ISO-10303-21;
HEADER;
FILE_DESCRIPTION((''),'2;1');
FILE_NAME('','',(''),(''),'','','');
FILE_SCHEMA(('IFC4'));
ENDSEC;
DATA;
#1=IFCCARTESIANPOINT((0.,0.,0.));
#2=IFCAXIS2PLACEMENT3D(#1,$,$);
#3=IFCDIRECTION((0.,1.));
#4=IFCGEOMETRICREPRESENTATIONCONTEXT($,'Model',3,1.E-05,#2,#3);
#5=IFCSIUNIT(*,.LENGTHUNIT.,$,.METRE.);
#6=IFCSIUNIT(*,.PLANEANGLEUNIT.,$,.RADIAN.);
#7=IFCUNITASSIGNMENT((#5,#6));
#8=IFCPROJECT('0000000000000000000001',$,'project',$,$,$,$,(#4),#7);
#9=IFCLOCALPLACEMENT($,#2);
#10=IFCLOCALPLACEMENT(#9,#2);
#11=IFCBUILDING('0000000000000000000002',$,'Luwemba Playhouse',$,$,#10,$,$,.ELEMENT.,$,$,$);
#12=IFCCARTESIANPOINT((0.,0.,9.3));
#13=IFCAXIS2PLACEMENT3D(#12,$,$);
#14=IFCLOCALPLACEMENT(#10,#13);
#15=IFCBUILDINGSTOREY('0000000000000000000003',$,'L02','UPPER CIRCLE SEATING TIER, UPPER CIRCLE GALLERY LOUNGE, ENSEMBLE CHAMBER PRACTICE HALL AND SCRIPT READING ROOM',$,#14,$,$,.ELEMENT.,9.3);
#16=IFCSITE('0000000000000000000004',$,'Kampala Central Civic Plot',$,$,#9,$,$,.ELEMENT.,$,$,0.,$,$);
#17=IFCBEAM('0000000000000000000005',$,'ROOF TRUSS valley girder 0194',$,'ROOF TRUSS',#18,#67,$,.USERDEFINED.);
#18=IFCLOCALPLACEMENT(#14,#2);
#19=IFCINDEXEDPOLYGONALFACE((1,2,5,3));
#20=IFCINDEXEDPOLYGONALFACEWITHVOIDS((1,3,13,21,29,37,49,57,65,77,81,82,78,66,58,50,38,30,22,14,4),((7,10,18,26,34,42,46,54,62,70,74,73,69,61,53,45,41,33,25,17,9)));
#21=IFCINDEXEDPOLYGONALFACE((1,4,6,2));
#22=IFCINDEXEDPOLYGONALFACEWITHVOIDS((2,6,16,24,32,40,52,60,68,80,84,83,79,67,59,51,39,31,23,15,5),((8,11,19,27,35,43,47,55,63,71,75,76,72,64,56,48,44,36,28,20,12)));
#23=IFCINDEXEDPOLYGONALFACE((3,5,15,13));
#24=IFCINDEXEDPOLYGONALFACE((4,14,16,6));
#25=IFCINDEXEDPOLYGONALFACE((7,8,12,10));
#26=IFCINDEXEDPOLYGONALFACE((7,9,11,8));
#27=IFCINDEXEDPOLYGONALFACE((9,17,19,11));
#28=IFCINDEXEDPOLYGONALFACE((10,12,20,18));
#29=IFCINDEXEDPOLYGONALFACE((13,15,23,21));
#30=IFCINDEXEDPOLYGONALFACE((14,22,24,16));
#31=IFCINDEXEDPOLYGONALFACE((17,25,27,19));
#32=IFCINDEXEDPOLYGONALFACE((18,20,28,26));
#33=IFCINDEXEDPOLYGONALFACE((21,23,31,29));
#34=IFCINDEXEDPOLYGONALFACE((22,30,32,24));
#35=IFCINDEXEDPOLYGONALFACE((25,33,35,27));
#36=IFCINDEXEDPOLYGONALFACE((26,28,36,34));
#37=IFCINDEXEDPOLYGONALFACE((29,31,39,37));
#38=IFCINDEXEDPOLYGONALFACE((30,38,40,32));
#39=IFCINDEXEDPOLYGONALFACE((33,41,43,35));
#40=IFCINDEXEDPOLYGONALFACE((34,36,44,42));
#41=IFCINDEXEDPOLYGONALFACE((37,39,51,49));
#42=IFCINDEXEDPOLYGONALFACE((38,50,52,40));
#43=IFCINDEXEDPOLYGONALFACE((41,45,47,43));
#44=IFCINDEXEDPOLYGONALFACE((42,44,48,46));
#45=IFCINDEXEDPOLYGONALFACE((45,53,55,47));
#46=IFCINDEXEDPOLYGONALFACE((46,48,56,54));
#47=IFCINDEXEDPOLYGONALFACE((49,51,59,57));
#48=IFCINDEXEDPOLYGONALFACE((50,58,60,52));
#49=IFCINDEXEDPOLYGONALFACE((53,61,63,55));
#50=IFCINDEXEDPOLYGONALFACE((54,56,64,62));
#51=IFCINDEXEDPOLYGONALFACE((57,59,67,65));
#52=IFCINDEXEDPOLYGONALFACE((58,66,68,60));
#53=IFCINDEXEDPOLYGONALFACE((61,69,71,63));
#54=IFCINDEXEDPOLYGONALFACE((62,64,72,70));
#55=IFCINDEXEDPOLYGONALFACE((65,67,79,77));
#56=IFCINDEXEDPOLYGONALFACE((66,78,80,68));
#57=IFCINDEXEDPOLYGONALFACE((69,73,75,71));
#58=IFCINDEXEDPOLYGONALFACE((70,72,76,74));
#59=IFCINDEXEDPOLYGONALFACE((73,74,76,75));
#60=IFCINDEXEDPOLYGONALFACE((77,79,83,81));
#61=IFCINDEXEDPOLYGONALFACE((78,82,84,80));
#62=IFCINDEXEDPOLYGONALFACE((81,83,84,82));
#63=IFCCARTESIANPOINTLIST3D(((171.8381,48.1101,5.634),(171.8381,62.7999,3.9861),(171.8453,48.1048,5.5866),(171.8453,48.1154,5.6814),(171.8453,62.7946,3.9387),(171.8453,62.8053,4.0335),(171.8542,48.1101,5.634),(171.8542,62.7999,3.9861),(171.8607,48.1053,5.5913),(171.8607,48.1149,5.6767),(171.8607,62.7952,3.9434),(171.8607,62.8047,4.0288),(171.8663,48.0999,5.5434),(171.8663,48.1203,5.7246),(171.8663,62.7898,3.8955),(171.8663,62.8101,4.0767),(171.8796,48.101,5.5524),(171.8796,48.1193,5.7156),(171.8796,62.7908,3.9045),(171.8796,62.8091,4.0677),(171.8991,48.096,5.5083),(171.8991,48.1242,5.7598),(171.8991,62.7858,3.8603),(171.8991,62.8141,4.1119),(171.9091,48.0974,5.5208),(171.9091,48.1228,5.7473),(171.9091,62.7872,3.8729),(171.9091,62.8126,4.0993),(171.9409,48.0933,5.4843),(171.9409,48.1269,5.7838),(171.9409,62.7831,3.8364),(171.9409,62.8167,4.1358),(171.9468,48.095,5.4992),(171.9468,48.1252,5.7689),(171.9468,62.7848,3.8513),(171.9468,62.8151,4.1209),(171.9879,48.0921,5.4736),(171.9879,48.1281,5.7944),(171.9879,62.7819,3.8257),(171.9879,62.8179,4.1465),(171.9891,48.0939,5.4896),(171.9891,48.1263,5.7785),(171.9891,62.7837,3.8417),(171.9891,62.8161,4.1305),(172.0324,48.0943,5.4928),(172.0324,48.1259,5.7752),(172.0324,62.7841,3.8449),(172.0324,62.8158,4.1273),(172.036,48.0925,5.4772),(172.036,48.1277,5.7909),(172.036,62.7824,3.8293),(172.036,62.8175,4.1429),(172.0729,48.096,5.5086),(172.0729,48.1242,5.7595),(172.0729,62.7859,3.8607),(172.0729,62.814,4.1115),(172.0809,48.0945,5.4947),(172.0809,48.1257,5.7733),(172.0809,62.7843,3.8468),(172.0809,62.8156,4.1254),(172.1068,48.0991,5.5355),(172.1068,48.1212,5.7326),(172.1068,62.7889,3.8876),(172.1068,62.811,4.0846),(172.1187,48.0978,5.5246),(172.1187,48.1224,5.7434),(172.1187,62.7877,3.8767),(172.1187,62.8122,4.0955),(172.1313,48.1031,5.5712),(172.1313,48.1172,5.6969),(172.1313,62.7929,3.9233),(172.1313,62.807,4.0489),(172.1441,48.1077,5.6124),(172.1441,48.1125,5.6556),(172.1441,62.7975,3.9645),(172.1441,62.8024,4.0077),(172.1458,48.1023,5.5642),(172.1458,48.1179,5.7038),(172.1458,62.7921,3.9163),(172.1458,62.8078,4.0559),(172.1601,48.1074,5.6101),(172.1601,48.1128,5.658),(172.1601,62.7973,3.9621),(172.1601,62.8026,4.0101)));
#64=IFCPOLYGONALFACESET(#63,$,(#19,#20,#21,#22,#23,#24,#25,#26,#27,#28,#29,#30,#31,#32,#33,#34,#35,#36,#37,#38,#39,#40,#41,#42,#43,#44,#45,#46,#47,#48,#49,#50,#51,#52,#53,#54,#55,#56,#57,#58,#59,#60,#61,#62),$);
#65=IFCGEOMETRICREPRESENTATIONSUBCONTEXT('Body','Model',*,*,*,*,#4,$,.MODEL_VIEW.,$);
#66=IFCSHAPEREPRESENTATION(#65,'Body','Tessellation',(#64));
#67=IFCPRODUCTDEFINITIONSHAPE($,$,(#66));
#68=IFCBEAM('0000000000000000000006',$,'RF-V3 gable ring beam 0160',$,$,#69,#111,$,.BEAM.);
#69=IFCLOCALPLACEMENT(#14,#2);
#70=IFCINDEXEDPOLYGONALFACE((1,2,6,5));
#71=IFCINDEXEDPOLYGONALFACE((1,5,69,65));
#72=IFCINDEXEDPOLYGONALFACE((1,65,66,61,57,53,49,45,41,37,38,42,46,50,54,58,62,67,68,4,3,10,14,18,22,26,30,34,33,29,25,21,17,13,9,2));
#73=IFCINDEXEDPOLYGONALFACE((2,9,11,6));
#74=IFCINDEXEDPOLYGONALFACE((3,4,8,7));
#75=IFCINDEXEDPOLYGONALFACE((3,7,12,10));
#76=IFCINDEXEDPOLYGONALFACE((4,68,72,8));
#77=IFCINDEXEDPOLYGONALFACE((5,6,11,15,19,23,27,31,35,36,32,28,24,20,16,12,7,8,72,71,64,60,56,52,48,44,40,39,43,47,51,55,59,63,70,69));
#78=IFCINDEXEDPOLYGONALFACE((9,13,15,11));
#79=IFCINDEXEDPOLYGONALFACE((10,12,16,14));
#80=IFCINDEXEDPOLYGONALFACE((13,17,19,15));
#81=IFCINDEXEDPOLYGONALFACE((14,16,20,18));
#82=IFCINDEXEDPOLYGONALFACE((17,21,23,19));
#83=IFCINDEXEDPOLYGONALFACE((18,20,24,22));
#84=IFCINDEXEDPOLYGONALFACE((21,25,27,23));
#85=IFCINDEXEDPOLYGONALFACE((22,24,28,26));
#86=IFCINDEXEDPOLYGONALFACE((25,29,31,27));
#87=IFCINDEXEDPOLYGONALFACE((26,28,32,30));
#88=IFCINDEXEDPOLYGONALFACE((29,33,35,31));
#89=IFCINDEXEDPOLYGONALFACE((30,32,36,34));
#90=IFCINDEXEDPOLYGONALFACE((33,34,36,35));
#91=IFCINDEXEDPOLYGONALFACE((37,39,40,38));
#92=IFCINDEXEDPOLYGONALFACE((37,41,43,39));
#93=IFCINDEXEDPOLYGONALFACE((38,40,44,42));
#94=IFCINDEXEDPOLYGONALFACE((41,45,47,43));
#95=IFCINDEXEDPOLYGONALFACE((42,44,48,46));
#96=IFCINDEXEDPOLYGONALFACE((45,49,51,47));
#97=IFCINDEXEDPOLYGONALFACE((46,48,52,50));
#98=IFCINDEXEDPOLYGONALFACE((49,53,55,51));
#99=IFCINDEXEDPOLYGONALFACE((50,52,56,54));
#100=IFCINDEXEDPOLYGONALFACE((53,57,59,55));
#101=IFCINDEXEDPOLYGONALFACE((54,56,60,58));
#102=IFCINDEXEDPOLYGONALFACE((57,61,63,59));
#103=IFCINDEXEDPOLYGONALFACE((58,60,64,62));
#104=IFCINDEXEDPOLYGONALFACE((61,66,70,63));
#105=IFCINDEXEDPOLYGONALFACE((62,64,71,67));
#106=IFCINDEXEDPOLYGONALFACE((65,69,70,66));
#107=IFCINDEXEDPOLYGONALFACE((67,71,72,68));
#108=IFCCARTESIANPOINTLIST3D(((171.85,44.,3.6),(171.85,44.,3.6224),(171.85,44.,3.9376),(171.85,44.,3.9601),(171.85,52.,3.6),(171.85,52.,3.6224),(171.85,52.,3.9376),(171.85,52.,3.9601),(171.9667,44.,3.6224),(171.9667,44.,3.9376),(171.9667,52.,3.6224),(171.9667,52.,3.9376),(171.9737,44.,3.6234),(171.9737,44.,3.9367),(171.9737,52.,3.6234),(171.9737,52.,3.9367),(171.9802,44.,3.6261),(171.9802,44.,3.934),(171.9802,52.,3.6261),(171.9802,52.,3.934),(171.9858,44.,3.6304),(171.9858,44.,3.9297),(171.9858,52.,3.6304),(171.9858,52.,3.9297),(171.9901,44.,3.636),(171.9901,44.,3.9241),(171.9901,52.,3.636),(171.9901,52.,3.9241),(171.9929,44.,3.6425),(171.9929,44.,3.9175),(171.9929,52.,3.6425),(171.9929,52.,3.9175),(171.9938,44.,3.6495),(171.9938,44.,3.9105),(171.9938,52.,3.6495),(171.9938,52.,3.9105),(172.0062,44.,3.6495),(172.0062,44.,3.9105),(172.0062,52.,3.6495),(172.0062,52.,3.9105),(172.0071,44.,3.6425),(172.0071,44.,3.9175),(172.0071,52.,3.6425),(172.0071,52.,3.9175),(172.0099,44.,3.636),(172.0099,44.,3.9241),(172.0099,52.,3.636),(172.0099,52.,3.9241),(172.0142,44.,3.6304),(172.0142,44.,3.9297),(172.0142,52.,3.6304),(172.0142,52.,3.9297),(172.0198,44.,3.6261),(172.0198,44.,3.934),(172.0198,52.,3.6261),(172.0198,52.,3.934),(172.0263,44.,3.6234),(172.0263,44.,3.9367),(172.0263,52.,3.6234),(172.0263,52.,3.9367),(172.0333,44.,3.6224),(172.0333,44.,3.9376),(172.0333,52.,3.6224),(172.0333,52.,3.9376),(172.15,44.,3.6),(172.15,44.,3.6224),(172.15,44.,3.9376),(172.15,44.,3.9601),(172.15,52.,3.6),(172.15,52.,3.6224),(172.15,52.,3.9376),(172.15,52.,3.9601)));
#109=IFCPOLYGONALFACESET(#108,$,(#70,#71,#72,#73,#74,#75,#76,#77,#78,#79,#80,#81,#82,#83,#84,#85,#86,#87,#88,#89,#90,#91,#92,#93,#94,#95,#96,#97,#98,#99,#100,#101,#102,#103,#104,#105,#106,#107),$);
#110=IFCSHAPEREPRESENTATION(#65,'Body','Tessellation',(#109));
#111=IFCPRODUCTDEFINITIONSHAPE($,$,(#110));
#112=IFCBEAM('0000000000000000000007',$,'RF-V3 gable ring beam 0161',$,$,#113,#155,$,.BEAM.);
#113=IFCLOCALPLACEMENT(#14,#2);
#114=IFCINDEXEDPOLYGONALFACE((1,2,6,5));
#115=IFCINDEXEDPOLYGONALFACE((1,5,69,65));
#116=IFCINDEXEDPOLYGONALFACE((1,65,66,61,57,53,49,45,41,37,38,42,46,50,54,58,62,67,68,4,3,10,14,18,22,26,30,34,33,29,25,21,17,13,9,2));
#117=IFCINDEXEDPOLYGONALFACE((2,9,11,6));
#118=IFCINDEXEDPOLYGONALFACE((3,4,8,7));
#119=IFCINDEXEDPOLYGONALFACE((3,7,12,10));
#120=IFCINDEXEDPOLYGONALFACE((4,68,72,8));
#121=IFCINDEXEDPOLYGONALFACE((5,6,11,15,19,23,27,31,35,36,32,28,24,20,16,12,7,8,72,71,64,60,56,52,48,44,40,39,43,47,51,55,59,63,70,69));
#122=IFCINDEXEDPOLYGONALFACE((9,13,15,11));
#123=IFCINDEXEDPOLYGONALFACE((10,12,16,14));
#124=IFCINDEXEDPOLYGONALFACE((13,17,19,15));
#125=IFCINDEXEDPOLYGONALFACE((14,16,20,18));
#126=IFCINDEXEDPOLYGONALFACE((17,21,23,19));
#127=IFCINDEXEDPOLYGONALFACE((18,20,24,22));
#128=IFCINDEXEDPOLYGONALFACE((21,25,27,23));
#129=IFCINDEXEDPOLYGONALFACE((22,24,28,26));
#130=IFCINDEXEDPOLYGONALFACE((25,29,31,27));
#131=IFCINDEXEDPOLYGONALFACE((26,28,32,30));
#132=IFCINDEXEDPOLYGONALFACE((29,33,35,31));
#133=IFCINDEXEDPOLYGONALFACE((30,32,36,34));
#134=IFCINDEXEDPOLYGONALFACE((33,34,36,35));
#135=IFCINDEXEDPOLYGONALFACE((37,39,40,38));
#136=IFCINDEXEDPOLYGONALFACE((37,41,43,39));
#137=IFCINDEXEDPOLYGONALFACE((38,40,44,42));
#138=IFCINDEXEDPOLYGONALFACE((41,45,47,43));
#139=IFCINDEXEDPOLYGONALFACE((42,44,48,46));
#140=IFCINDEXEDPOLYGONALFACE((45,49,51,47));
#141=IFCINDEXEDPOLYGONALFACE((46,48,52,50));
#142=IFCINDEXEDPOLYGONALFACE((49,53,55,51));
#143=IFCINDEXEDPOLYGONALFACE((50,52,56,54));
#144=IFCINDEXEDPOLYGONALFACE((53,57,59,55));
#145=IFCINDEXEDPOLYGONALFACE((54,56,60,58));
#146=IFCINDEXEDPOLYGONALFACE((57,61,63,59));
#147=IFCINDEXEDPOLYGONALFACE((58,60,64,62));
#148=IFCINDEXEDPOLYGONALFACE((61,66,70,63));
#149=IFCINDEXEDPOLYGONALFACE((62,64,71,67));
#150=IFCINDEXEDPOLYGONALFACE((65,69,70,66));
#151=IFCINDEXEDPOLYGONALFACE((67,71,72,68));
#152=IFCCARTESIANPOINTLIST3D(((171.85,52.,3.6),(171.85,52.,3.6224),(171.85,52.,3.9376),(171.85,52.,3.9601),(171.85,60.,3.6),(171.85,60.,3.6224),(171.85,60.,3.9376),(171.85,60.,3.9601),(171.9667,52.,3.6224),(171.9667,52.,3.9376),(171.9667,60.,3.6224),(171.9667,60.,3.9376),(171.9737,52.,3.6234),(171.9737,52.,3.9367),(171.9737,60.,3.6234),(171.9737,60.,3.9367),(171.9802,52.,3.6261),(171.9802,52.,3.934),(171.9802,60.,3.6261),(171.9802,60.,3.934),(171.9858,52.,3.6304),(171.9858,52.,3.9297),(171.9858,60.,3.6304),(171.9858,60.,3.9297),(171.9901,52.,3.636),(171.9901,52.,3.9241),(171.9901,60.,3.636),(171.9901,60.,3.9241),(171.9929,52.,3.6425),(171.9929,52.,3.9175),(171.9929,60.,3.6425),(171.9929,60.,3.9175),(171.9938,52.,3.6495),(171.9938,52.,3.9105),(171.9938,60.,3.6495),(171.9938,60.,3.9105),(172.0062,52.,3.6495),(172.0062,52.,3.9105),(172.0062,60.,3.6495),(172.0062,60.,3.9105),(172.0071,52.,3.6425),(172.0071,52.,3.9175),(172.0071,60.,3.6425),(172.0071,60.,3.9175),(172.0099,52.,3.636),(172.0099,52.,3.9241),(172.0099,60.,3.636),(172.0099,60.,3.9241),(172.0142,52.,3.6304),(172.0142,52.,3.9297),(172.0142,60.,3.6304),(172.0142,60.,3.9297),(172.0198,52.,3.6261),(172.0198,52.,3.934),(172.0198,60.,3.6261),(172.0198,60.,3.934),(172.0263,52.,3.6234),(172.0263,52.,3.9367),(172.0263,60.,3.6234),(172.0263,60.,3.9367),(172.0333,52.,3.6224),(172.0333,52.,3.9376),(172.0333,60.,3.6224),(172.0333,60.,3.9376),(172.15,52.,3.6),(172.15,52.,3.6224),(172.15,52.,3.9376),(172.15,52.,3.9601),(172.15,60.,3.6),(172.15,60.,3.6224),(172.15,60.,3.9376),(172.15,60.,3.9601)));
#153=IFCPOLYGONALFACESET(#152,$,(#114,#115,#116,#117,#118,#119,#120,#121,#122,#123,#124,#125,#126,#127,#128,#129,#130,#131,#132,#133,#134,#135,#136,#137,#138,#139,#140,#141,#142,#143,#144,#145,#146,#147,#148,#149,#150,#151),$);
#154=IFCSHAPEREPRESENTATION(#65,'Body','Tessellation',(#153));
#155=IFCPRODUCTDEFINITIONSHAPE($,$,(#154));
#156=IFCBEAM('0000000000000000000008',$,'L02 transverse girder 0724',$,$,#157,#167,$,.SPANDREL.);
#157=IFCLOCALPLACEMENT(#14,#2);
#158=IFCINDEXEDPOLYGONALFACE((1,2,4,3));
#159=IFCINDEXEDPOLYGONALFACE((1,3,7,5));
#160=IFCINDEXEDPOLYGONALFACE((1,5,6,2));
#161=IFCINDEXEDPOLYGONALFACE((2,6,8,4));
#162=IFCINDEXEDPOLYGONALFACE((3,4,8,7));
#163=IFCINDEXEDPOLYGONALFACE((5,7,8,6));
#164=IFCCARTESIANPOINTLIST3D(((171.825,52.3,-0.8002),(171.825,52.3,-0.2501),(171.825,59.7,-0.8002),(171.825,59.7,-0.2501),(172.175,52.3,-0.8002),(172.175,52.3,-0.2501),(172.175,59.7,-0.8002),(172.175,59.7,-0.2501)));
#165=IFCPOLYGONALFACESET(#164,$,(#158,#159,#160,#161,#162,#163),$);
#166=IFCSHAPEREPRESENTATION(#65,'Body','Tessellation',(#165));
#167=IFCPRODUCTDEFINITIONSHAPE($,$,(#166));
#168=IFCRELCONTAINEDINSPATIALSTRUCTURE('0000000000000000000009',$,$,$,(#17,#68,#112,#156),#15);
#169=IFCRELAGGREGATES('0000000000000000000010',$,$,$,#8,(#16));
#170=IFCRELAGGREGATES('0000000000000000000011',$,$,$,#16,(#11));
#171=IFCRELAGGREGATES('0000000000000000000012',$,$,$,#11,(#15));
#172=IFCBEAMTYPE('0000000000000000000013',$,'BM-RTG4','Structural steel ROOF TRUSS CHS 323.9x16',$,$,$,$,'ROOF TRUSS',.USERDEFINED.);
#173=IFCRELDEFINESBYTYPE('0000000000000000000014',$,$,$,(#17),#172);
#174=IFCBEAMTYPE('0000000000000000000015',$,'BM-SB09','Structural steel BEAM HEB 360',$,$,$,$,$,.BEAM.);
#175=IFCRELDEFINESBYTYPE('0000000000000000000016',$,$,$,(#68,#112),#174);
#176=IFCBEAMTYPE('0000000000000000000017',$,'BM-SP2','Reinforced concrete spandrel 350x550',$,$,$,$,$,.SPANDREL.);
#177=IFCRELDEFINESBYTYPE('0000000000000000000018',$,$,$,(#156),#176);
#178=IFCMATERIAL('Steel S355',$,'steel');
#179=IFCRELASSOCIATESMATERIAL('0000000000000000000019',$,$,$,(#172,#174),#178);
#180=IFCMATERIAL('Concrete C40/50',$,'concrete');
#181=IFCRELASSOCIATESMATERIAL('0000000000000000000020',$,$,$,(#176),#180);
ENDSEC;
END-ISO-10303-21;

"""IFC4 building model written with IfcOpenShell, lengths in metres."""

from ifc_helpers import new_model, si_unit, direction, frame, origin, origin_2d, place, context, subcontext, project, spatial, rectangle, hollow_circle, i_section, extrude, material, material_profile, profile_set, type_object, element, save


model = new_model("IFC4")

# Units and contexts
model_context = context("Model", 3, precision=1e-05, world=origin(), true_north=direction((0.0, 1.0)))
body_context = subcontext(model_context, "Body", "Model", "MODEL_VIEW")
ifc_project = project(units=[si_unit("LENGTHUNIT", "METRE"), si_unit("PLANEANGLEUNIT", "RADIAN")], contexts=[model_context])

# Site, building, storey
site_placement = place(None, origin())
site = spatial("IfcSite", under=ifc_project, at=site_placement, Name="Kampala Central Civic Plot", CompositionType="ELEMENT", RefElevation=0.0)
building_placement = place(site_placement, origin())
building = spatial("IfcBuilding", under=site, at=building_placement, Name="Luwemba Playhouse", CompositionType="ELEMENT")
storey_placement = place(building_placement, frame((0.0, 0.0, 9.3)))
storey = spatial("IfcBuildingStorey", under=building, at=storey_placement, Name="L02", Description="UPPER CIRCLE SEATING TIER, UPPER CIRCLE GALLERY LOUNGE, ENSEMBLE CHAMBER PRACTICE HALL AND SCRIPT READING ROOM", CompositionType="ELEMENT", Elevation=9.3)

# Shared definitions
ifc_material_1 = material(Name="Concrete C40/50", Category="concrete")

# Beams
ifc_material_2 = material(Name="Steel S355", Category="steel")
ifc_material_profile_1 = material_profile(ifc_material_2, hollow_circle(Radius=0.1619, WallThickness=0.0161, at=origin_2d()))
ifc_profile_set_1 = profile_set([ifc_material_profile_1], Name="Steel S355")
beam_type_1 = type_object("IfcBeamType", Name="BM-RTG4", Description="Structural steel ROOF TRUSS CHS 323.9x16", ElementType="ROOF TRUSS", PredefinedType="USERDEFINED", material=ifc_profile_set_1)
beam_1_placement = place(storey_placement, frame((172.0, 48.1101, 5.634), z_axis=(0.0, 0.993766, -0.111483), x_axis=(-1.0, 0.0, 0.0)))
element("IfcBeam", 1, at=beam_1_placement, inside=storey, type_object=beam_type_1, Name="ROOF TRUSS valley girder 0194", ObjectType="ROOF TRUSS", PredefinedType="USERDEFINED", context=body_context, shape_type="SweptSolid", body=[
    extrude(hollow_circle(Radius=0.1619, WallThickness=0.0161, at=origin_2d()), origin(), (0.0, 0.0, 1.0), 14.782),
])
ifc_material_profile_2 = material_profile(ifc_material_2, i_section(OverallWidth=0.3, OverallDepth=0.3601, WebThickness=0.0125, FlangeThickness=0.0225, FilletRadius=0.0271, at=origin_2d()))
ifc_profile_set_2 = profile_set([ifc_material_profile_2], Name="Steel S355")
beam_type_2 = type_object("IfcBeamType", Name="BM-SB09", Description="Structural steel BEAM HEB 360", PredefinedType="BEAM", material=ifc_profile_set_2)
for number, where, z_axis, x_axis, name in (
    (2, (172.0, 44.0, 3.78), (0.0, 1.0, 0.0), (-1.0, 0.0, 0.0), "RF-V3 gable ring beam 0160"),
    (3, (172.0, 52.0, 3.78), (0.0, 1.0, 0.0), (-1.0, 0.0, 0.0), "RF-V3 gable ring beam 0161"),
):
    element("IfcBeam", number, at=place(storey_placement, frame(where, z_axis=z_axis, x_axis=x_axis)), inside=storey, type_object=beam_type_2, Name=name, PredefinedType="BEAM", context=body_context, shape_type="SweptSolid", body=[
        extrude(i_section(OverallWidth=0.3, OverallDepth=0.3601, WebThickness=0.0125, FlangeThickness=0.0225, FilletRadius=0.0271, at=origin_2d()), origin(), (0.0, 0.0, 1.0), 8.0),
    ])
ifc_material_profile_3 = material_profile(ifc_material_1, rectangle(XDim=0.3501, YDim=0.55, at=origin_2d()))
ifc_profile_set_3 = profile_set([ifc_material_profile_3], Name="Concrete C40/50")
beam_type_3 = type_object("IfcBeamType", Name="BM-SP2", Description="Reinforced concrete spandrel 350x550", PredefinedType="SPANDREL", material=ifc_profile_set_3)
beam_2_placement = place(storey_placement, frame((172.0, 52.3, -0.5251), z_axis=(0.0, 1.0, 0.0), x_axis=(-1.0, 0.0, 0.0)))
element("IfcBeam", 4, at=beam_2_placement, inside=storey, type_object=beam_type_3, Name="L02 transverse girder 0724", PredefinedType="SPANDREL", context=body_context, shape_type="SweptSolid", body=[
    extrude(rectangle(XDim=0.3501, YDim=0.55, at=origin_2d()), origin(), (0.0, 0.0, 1.0), 7.3999),
])

save(model, "model.ifc")
